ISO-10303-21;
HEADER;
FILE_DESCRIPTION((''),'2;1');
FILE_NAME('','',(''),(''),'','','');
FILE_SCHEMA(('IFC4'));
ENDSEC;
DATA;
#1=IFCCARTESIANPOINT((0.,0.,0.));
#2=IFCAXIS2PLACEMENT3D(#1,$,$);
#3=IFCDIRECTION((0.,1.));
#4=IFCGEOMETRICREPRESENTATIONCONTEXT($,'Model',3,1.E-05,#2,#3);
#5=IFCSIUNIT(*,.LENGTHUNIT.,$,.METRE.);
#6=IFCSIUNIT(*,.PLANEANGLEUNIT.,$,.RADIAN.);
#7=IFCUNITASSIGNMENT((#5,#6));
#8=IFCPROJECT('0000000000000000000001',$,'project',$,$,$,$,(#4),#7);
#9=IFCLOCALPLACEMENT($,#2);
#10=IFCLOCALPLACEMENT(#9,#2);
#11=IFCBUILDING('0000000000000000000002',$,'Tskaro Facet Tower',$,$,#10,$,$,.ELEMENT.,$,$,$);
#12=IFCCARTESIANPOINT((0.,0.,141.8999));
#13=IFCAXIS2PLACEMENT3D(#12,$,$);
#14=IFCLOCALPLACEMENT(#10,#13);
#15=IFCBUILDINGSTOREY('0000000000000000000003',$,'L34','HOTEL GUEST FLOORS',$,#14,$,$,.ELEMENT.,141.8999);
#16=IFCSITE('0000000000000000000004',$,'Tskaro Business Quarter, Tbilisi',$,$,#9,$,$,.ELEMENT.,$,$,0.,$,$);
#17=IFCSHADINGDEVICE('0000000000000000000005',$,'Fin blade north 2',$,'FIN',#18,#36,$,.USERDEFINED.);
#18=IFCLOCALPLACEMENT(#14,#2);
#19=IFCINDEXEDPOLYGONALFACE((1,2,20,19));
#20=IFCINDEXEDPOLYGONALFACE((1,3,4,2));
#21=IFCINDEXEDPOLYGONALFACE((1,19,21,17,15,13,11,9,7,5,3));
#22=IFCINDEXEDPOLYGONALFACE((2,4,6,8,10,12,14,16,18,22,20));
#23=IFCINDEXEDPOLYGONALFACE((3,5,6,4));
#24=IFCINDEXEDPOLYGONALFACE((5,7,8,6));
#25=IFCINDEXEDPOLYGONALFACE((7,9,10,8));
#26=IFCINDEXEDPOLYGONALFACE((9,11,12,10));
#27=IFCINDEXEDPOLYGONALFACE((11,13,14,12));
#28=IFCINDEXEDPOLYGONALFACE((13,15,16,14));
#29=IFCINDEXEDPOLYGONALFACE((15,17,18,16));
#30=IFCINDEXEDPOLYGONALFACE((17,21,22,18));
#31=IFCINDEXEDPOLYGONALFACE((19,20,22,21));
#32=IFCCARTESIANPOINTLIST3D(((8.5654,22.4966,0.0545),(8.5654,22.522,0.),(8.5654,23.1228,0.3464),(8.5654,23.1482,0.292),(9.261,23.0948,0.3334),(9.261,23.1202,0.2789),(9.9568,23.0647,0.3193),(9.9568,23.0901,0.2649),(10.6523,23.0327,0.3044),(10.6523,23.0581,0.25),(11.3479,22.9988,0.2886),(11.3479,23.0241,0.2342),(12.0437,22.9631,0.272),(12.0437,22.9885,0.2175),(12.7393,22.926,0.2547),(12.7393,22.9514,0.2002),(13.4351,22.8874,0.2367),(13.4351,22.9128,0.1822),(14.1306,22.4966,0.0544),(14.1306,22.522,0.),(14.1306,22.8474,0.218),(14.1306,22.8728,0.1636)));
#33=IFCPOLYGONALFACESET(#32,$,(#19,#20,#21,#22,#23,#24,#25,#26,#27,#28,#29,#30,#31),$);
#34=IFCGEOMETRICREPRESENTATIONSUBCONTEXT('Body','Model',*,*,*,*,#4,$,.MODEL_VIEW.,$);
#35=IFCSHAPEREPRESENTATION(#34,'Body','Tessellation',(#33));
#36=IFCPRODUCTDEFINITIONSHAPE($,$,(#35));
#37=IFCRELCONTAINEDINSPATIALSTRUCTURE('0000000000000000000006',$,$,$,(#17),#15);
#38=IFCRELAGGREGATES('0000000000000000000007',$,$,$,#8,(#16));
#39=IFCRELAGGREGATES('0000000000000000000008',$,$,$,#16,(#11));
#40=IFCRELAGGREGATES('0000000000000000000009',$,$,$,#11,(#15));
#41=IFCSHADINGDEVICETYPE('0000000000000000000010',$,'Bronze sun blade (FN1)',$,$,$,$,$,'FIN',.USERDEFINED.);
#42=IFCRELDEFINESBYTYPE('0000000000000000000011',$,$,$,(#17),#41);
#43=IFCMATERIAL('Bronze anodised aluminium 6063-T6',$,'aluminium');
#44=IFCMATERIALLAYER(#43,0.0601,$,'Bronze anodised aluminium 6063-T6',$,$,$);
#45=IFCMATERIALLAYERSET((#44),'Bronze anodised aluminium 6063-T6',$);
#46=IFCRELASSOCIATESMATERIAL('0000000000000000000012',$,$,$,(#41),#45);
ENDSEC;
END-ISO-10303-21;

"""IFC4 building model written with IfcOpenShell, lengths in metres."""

from ifc_helpers import new_model, si_unit, direction, frame, origin, place, context, subcontext, project, spatial, polyline, outline, extrude, material, layer, layer_set, type_object, element, save


model = new_model("IFC4")

# Units and contexts
model_context = context("Model", 3, precision=1e-05, world=origin(), true_north=direction((0.0, 1.0)))
body_context = subcontext(model_context, "Body", "Model", "MODEL_VIEW")
ifc_project = project(units=[si_unit("LENGTHUNIT", "METRE"), si_unit("PLANEANGLEUNIT", "RADIAN")], contexts=[model_context])

# Site, building, storey
site_placement = place(None, origin())
site = spatial("IfcSite", under=ifc_project, at=site_placement, Name="Tskaro Business Quarter, Tbilisi", CompositionType="ELEMENT", RefElevation=0.0)
building_placement = place(site_placement, origin())
building = spatial("IfcBuilding", under=site, at=building_placement, Name="Tskaro Facet Tower", CompositionType="ELEMENT")
storey_placement = place(building_placement, frame((0.0, 0.0, 141.8999)))
storey = spatial("IfcBuildingStorey", under=building, at=storey_placement, Name="L34", Description="HOTEL GUEST FLOORS", CompositionType="ELEMENT", Elevation=141.8999)

# Shared definitions
ifc_material_1 = material(Name="Bronze anodised aluminium 6063-T6", Category="aluminium")

# Shading device
ifc_layer_1 = layer(ifc_material_1, 0.0601, Name="Bronze anodised aluminium 6063-T6")
ifc_layer_set_1 = layer_set([ifc_layer_1], Name="Bronze anodised aluminium 6063-T6")
shading_device_type = type_object("IfcShadingDeviceType", Name="Bronze sun blade (FN1)", ElementType="FIN", PredefinedType="USERDEFINED", material=ifc_layer_set_1)
shading_device_1_placement = place(storey_placement, frame((14.1306, 22.4966, 0.0544), z_axis=(0.000002, -0.422584, 0.906324), x_axis=(-1.0, -0.000001, 0.000002)))
element("IfcShadingDevice", 1, at=shading_device_1_placement, inside=storey, type_object=shading_device_type, Name="Fin blade north 2", ObjectType="FIN", PredefinedType="USERDEFINED", context=body_context, shape_type="SweptSolid", body=[
    extrude(outline(polyline([(0.0, 0.0), (5.5652, 0.0), (5.5652, -0.6909), (4.8696, -0.66), (4.1738, -0.6268), (3.4783, -0.5916), (2.7827, -0.5541), (2.0869, -0.5148), (1.3914, -0.4738), (0.6956, -0.4312), (0.0, -0.3871), (0.0, 0.0)])), origin(), (0.0, 0.0, -1.0), 0.0601),
])

save(model, "model.ifc")
